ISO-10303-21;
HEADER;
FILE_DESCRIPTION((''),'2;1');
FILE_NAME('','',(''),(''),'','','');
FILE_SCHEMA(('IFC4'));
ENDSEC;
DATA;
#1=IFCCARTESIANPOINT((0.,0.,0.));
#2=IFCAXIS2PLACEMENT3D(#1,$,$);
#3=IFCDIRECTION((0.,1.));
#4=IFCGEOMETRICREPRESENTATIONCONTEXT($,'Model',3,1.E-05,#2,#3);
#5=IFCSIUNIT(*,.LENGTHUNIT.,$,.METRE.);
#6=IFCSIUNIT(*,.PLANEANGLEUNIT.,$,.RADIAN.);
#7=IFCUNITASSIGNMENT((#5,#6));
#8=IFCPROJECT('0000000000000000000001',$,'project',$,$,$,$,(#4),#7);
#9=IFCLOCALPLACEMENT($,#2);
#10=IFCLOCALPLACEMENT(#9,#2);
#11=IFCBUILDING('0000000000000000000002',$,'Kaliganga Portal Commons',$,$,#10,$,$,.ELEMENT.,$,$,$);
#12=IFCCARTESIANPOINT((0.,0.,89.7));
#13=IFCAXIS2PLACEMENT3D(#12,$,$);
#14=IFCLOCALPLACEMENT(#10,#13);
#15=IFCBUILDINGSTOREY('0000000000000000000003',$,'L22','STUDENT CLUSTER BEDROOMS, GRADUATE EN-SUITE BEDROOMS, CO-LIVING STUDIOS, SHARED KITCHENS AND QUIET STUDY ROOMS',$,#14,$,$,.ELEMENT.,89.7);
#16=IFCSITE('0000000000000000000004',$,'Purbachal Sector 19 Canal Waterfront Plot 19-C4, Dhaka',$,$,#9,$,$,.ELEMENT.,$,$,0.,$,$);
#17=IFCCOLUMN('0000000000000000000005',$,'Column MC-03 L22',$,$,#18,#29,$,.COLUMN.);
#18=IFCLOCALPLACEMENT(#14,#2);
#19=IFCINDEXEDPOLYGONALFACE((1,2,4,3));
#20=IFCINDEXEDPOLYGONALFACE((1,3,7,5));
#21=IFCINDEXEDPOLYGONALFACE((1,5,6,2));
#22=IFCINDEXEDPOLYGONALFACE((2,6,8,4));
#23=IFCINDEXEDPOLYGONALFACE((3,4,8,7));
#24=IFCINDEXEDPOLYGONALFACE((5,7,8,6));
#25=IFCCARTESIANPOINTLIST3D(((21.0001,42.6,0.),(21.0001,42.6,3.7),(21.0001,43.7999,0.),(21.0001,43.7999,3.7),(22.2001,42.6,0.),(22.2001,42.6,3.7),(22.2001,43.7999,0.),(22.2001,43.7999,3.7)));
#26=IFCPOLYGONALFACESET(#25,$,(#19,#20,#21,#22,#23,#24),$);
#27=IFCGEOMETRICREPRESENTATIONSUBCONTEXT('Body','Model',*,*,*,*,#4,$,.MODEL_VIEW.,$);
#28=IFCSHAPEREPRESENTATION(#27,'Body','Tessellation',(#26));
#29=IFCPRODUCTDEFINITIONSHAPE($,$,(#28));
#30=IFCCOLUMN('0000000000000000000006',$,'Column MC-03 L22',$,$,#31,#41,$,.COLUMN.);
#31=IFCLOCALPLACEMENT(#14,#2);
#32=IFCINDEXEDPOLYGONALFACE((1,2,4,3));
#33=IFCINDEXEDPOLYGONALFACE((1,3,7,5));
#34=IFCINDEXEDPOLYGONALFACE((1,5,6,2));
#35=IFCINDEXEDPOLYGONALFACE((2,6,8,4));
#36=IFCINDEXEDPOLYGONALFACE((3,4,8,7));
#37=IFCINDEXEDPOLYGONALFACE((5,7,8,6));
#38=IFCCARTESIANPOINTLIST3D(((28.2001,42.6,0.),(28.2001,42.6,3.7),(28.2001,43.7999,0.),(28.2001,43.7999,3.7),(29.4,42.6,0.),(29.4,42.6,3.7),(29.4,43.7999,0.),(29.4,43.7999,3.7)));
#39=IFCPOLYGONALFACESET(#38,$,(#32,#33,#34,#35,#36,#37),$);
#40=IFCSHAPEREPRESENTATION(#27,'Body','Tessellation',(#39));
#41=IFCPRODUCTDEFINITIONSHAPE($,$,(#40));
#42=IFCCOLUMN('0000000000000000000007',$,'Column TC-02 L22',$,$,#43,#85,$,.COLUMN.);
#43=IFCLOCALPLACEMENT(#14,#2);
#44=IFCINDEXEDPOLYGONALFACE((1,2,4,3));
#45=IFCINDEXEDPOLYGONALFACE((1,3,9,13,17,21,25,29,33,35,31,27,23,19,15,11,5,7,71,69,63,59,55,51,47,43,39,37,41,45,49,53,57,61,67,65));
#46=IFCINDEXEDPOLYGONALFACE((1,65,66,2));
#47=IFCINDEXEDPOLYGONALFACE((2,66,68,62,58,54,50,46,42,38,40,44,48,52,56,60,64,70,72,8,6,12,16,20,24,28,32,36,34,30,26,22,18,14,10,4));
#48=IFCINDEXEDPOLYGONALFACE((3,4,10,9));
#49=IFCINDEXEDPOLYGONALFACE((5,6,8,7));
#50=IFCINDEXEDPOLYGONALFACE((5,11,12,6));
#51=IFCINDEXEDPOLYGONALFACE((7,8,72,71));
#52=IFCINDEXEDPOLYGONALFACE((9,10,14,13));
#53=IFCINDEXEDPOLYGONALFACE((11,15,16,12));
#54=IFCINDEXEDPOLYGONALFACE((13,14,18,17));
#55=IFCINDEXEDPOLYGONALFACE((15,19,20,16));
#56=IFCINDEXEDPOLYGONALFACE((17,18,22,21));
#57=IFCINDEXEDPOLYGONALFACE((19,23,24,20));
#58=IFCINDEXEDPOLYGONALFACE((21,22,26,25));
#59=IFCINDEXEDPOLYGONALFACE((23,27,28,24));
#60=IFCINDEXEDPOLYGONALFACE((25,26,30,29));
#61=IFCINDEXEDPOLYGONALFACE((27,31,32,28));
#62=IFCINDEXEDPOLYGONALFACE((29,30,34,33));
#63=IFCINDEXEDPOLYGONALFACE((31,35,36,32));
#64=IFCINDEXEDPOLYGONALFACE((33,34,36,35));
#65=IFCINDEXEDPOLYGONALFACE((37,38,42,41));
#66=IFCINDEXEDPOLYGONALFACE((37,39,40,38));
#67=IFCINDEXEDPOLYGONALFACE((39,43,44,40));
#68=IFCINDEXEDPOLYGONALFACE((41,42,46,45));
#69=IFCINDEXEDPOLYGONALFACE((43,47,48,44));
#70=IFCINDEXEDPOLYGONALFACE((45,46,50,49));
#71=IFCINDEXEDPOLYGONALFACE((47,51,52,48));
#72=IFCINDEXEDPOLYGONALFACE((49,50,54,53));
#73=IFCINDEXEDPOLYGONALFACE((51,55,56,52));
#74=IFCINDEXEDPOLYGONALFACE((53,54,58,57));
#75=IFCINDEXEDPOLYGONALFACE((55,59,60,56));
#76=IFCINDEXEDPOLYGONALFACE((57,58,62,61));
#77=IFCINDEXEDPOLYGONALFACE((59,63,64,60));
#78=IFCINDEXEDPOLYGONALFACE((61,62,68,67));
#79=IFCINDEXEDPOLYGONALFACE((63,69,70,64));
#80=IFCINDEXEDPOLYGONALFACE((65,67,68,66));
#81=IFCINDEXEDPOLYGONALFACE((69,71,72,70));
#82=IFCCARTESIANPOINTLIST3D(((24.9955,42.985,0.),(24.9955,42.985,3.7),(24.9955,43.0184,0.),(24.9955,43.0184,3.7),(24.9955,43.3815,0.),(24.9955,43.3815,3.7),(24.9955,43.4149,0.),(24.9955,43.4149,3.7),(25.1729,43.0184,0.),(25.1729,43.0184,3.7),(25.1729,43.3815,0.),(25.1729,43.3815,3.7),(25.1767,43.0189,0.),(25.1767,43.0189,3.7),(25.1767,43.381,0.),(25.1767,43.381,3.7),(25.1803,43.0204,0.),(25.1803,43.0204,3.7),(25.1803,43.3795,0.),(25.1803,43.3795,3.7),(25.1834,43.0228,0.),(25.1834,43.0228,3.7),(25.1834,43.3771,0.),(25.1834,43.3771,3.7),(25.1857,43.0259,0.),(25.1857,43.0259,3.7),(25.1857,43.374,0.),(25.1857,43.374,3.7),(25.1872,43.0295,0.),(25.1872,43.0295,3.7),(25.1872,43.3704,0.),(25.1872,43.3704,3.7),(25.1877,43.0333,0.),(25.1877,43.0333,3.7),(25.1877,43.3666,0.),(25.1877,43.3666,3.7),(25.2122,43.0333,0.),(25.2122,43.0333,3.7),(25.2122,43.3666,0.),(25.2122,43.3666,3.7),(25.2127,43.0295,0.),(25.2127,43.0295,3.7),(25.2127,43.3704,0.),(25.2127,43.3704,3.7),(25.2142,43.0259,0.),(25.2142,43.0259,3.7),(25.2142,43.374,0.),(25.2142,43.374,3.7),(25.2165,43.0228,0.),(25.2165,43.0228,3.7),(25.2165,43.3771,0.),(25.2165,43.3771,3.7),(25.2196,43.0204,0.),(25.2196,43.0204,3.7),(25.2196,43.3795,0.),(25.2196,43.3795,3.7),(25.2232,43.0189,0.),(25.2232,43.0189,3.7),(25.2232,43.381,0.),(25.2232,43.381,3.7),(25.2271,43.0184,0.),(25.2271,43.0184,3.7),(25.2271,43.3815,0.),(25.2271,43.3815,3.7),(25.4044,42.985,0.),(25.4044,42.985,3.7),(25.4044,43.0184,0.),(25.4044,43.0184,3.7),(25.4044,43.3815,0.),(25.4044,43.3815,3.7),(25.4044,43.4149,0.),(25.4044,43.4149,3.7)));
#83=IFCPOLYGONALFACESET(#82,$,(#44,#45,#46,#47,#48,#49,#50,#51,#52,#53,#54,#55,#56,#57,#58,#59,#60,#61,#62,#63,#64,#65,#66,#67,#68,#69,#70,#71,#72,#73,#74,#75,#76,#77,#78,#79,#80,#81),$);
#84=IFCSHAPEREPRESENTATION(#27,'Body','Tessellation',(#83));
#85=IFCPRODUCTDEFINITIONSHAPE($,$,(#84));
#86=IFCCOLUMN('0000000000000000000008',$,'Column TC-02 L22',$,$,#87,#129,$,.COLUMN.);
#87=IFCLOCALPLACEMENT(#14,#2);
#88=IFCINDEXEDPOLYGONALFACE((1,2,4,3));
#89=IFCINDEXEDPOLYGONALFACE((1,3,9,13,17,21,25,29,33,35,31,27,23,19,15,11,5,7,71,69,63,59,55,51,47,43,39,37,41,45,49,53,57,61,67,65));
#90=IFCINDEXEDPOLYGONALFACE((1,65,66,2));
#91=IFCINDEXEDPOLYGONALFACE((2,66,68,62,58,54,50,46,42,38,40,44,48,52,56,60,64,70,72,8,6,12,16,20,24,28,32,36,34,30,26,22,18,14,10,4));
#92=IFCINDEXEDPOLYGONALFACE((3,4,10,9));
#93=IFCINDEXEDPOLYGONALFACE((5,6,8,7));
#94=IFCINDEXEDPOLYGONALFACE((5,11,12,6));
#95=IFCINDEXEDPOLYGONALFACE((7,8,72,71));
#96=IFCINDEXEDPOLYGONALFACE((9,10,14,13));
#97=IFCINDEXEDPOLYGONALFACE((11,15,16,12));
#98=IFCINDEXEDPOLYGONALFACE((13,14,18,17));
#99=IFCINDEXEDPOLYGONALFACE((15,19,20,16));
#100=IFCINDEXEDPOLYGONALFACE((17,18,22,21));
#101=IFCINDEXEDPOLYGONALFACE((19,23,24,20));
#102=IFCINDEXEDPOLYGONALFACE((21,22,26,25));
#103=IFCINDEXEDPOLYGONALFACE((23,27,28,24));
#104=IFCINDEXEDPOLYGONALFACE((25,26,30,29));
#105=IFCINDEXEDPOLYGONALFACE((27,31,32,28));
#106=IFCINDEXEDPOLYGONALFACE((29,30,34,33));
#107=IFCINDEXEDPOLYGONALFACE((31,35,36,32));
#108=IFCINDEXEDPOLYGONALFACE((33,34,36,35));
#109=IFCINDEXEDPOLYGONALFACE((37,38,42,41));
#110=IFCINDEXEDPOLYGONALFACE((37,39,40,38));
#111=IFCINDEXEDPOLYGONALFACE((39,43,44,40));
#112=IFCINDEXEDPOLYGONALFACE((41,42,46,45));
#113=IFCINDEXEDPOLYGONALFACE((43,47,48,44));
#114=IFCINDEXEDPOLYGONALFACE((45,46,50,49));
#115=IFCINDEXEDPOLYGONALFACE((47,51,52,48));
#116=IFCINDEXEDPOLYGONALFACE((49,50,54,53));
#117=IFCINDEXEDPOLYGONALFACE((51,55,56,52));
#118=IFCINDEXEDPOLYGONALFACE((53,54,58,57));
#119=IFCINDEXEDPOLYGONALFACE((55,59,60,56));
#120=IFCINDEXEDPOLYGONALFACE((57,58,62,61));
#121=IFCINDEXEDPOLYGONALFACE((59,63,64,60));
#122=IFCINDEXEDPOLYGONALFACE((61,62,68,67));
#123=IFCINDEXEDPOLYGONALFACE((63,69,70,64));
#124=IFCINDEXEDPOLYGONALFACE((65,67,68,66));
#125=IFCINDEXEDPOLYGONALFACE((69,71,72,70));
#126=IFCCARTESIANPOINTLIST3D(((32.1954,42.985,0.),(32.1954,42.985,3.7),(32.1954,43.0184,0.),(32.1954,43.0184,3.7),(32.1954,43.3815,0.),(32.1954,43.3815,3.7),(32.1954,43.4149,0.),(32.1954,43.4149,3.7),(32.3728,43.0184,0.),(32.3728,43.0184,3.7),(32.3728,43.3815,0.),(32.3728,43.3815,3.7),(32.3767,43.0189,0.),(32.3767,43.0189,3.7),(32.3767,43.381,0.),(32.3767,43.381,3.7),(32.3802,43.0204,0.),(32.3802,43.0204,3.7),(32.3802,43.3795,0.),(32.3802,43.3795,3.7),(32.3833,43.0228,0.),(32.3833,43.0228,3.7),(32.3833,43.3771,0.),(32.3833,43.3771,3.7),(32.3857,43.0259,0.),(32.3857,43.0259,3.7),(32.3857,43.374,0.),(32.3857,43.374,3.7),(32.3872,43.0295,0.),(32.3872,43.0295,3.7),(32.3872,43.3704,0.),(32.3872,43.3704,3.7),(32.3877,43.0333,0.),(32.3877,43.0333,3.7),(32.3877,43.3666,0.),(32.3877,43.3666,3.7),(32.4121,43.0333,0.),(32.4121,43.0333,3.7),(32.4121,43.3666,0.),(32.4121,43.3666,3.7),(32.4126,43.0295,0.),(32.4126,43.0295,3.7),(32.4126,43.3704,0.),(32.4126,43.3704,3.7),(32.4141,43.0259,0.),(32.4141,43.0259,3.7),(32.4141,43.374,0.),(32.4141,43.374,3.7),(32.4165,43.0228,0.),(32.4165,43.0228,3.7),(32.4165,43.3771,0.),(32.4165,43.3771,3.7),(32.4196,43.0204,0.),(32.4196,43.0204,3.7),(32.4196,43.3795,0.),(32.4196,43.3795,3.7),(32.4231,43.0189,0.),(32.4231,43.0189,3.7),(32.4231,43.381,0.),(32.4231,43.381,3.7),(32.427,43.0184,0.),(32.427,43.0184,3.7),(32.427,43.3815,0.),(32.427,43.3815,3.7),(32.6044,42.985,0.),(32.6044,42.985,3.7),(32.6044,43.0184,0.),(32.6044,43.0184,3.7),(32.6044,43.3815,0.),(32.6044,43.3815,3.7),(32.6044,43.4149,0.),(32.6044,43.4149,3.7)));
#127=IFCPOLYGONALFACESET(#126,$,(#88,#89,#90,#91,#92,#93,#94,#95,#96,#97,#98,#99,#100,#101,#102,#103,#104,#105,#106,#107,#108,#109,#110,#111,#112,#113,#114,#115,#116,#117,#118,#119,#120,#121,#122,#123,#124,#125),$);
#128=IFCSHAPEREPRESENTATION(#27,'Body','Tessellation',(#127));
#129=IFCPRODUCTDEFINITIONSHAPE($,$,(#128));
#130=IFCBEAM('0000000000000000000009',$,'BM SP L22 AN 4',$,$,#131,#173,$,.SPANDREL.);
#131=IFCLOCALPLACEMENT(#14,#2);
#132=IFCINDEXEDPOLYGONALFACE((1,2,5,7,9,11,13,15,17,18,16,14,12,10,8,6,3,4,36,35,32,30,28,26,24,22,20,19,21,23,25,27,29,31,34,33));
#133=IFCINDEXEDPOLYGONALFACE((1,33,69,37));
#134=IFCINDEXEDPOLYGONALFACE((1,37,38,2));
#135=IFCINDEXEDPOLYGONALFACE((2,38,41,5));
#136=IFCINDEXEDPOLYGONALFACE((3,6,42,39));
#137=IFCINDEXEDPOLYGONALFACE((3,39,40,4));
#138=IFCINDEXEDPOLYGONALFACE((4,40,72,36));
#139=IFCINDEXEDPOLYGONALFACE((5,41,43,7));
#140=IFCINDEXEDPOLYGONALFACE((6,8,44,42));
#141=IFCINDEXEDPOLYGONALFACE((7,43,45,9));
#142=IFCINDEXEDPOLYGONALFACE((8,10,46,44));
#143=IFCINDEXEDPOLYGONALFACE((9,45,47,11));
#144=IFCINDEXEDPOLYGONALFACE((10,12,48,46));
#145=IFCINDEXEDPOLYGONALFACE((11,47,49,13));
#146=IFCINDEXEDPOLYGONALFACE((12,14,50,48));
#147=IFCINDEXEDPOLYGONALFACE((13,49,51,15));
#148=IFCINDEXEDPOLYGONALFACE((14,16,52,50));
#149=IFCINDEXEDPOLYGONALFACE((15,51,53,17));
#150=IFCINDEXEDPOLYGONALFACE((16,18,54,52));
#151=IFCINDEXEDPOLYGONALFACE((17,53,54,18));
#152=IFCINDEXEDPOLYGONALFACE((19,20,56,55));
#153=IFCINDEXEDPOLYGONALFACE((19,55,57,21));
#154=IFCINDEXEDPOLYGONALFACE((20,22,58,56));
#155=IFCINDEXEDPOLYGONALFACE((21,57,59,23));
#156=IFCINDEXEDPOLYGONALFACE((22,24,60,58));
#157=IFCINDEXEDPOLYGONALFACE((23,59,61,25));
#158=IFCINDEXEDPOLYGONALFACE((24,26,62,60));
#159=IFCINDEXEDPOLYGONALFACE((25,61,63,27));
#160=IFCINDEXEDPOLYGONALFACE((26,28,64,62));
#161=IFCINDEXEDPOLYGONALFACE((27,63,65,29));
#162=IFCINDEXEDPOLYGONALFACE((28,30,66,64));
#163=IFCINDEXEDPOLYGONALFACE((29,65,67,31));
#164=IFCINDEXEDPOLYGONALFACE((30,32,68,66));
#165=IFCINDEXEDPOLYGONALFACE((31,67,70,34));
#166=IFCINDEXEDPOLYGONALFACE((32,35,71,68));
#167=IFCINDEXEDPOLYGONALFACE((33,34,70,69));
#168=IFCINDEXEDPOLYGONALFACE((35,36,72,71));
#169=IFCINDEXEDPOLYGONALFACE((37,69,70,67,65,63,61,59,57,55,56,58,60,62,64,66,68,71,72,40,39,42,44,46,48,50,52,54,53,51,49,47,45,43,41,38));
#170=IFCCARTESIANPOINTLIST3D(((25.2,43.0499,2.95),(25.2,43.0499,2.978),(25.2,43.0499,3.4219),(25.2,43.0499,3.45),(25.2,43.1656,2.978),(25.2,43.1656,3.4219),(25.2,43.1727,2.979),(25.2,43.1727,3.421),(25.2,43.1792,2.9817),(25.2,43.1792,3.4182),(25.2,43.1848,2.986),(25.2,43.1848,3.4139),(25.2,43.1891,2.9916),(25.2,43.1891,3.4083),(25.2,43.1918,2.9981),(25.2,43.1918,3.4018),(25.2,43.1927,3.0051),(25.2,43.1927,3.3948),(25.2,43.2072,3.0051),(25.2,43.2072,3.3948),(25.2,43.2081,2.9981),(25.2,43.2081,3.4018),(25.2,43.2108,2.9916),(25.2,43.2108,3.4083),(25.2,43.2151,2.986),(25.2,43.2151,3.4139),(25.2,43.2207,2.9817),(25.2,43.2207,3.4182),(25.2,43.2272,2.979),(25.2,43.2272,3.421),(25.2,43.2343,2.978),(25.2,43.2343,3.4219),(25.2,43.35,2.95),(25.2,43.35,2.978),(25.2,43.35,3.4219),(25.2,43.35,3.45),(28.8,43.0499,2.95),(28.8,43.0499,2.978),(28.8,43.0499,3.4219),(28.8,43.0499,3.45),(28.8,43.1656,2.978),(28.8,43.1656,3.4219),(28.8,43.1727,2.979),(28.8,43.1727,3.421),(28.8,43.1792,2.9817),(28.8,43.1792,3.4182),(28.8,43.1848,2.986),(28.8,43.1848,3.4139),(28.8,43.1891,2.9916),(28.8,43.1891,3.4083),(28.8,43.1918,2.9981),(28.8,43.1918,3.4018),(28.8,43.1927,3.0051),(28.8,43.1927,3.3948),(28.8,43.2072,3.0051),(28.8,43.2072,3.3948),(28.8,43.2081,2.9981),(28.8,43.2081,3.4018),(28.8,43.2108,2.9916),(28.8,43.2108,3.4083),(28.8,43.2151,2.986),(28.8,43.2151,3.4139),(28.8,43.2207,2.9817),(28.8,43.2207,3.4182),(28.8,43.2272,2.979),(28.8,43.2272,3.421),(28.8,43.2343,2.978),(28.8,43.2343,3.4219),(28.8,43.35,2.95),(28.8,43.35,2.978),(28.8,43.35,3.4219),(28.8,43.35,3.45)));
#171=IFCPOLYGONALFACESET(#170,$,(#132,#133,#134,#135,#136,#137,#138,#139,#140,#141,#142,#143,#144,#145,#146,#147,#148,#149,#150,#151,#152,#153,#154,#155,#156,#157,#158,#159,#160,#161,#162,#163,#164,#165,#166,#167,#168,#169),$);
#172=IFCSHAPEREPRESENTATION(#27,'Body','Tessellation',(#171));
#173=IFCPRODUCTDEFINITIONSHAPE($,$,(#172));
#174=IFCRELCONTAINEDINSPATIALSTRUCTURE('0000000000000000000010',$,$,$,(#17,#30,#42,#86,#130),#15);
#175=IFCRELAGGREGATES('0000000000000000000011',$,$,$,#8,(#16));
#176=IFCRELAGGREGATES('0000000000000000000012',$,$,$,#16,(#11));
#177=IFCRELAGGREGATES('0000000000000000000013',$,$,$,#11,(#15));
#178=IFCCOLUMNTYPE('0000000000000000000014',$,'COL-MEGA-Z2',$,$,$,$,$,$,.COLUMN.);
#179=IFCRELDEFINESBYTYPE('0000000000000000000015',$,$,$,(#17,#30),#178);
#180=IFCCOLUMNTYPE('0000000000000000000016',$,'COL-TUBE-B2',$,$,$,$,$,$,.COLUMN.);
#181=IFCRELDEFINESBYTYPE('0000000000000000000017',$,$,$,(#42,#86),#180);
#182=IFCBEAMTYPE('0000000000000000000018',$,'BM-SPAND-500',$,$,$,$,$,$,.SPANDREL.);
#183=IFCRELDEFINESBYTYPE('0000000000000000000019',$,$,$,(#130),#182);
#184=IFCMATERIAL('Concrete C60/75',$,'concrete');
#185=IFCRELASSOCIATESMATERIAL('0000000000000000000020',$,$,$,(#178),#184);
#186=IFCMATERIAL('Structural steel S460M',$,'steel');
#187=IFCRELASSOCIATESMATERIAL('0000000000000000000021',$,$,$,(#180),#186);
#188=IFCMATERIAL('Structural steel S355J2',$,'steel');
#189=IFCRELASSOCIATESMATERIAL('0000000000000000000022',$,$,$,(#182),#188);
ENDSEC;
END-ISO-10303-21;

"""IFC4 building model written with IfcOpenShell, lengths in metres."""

from ifc_helpers import new_model, si_unit, direction, frame, origin, origin_2d, place, context, subcontext, project, spatial, rectangle, i_section, extrude, source, transform, mapped, material, material_profile, profile_set, type_object, element, save


model = new_model("IFC4")

# Units and contexts
model_context = context("Model", 3, precision=1e-05, world=origin(), true_north=direction((0.0, 1.0)))
body_context = subcontext(model_context, "Body", "Model", "MODEL_VIEW")
ifc_project = project(units=[si_unit("LENGTHUNIT", "METRE"), si_unit("PLANEANGLEUNIT", "RADIAN")], contexts=[model_context])

# Site, building, storey
site_placement = place(None, origin())
site = spatial("IfcSite", under=ifc_project, at=site_placement, Name="Purbachal Sector 19 Canal Waterfront Plot 19-C4, Dhaka", CompositionType="ELEMENT", RefElevation=0.0)
building_placement = place(site_placement, origin())
building = spatial("IfcBuilding", under=site, at=building_placement, Name="Kaliganga Portal Commons", CompositionType="ELEMENT")
storey_placement = place(building_placement, frame((0.0, 0.0, 89.7)))
storey = spatial("IfcBuildingStorey", under=building, at=storey_placement, Name="L22", Description="STUDENT CLUSTER BEDROOMS, GRADUATE EN-SUITE BEDROOMS, CO-LIVING STUDIOS, SHARED KITCHENS AND QUIET STUDY ROOMS", CompositionType="ELEMENT", Elevation=89.7)

# Columns
ifc_material_1 = material(Name="Concrete C60/75", Category="concrete")
ifc_material_profile_1 = material_profile(ifc_material_1, rectangle(XDim=1.2, YDim=1.2, at=origin_2d()), Name="RC 1200x1200")
ifc_profile_set_1 = profile_set([ifc_material_profile_1], Name="Concrete C60/75")
column_type_1 = type_object("IfcColumnType", Name="COL-MEGA-Z2", PredefinedType="COLUMN", material=ifc_profile_set_1)
shared_shape_1 = source(origin(), body_context, "Body", "SweptSolid", [
    extrude(rectangle(XDim=1.2, YDim=1.2, at=origin_2d()), origin(), (0.0, 0.0, 1.0), 3.7),
])
for number, where, z_axis, x_axis, name in (
    (1, (21.6001, 43.2, 0.0), (0.0, 0.0, 1.0), (1.0, 0.0, 0.0), "Column MC-03 L22"),
    (2, (28.8, 43.2, 0.0), (0.0, 0.0, 1.0), (1.0, 0.0, 0.0), "Column MC-03 L22"),
):
    element("IfcColumn", number, at=place(storey_placement, frame(where, z_axis=z_axis, x_axis=x_axis)), inside=storey, type_object=column_type_1, Name=name, PredefinedType="COLUMN", context=body_context, shape_type="MappedRepresentation", body=[
        mapped(shared_shape_1, transform((0.0, 0.0, 0.0), x_axis=(1.0, 0.0, 0.0), y_axis=(0.0, 1.0, 0.0), z_axis=(0.0, 0.0, 1.0), scale=1.0)),
    ])
ifc_material_2 = material(Name="Structural steel S460M", Category="steel")
ifc_material_profile_2 = material_profile(ifc_material_2, i_section(OverallWidth=0.4089, OverallDepth=0.4299, WebThickness=0.0244, FlangeThickness=0.0334, FilletRadius=0.0149, at=origin_2d()), Name="HD 400x421")
ifc_profile_set_2 = profile_set([ifc_material_profile_2], Name="Structural steel S460M wide-flange")
column_type_2 = type_object("IfcColumnType", Name="COL-TUBE-B2", PredefinedType="COLUMN", material=ifc_profile_set_2)
shared_shape_2 = source(origin(), body_context, "Body", "SweptSolid", [
    extrude(i_section(OverallWidth=0.4089, OverallDepth=0.4299, WebThickness=0.0244, FlangeThickness=0.0334, FilletRadius=0.0149, at=origin_2d()), origin(), (0.0, 0.0, 1.0), 3.7),
])
for number, where, z_axis, x_axis, name in (
    (3, (25.2, 43.2, 0.0), (0.0, 0.0, 1.0), (1.0, 0.0, 0.0), "Column TC-02 L22"),
    (4, (32.3999, 43.2, 0.0), (0.0, 0.0, 1.0), (1.0, 0.0, 0.0), "Column TC-02 L22"),
):
    element("IfcColumn", number, at=place(storey_placement, frame(where, z_axis=z_axis, x_axis=x_axis)), inside=storey, type_object=column_type_2, Name=name, PredefinedType="COLUMN", context=body_context, shape_type="MappedRepresentation", body=[
        mapped(shared_shape_2, transform((0.0, 0.0, 0.0), x_axis=(1.0, 0.0, 0.0), y_axis=(0.0, 1.0, 0.0), z_axis=(0.0, 0.0, 1.0), scale=1.0)),
    ])

# Beam
ifc_material_3 = material(Name="Structural steel S355J2", Category="steel")
ifc_material_profile_3 = material_profile(ifc_material_3, i_section(OverallWidth=0.3, OverallDepth=0.5, WebThickness=0.0144, FlangeThickness=0.0281, FilletRadius=0.0271, at=origin_2d()), Name="HE 500 B")
ifc_profile_set_3 = profile_set([ifc_material_profile_3], Name="Structural steel S355J2 wide-flange")
beam_type_1 = type_object("IfcBeamType", Name="BM-SPAND-500", PredefinedType="SPANDREL", material=ifc_profile_set_3)
shared_shape_3 = source(origin(), body_context, "Body", "SweptSolid", [
    extrude(i_section(OverallWidth=0.3, OverallDepth=0.5, WebThickness=0.0144, FlangeThickness=0.0281, FilletRadius=0.0271, at=origin_2d()), origin(), (0.0, 0.0, 1.0), 3.6001),
])
for number, where, z_axis, x_axis, name in (
    (5, (25.2, 43.2, 3.2), (1.0, 0.0, 0.0), (0.0, 1.0, 0.0), "BM SP L22 AN 4"),
):
    element("IfcBeam", number, at=place(storey_placement, frame(where, z_axis=z_axis, x_axis=x_axis)), inside=storey, type_object=beam_type_1, Name=name, PredefinedType="SPANDREL", context=body_context, shape_type="MappedRepresentation", body=[
        mapped(shared_shape_3, transform((0.0, 0.0, 0.0), x_axis=(1.0, 0.0, 0.0), y_axis=(0.0, 1.0, 0.0), z_axis=(0.0, 0.0, 1.0), scale=1.0)),
    ])

save(model, "model.ifc")
